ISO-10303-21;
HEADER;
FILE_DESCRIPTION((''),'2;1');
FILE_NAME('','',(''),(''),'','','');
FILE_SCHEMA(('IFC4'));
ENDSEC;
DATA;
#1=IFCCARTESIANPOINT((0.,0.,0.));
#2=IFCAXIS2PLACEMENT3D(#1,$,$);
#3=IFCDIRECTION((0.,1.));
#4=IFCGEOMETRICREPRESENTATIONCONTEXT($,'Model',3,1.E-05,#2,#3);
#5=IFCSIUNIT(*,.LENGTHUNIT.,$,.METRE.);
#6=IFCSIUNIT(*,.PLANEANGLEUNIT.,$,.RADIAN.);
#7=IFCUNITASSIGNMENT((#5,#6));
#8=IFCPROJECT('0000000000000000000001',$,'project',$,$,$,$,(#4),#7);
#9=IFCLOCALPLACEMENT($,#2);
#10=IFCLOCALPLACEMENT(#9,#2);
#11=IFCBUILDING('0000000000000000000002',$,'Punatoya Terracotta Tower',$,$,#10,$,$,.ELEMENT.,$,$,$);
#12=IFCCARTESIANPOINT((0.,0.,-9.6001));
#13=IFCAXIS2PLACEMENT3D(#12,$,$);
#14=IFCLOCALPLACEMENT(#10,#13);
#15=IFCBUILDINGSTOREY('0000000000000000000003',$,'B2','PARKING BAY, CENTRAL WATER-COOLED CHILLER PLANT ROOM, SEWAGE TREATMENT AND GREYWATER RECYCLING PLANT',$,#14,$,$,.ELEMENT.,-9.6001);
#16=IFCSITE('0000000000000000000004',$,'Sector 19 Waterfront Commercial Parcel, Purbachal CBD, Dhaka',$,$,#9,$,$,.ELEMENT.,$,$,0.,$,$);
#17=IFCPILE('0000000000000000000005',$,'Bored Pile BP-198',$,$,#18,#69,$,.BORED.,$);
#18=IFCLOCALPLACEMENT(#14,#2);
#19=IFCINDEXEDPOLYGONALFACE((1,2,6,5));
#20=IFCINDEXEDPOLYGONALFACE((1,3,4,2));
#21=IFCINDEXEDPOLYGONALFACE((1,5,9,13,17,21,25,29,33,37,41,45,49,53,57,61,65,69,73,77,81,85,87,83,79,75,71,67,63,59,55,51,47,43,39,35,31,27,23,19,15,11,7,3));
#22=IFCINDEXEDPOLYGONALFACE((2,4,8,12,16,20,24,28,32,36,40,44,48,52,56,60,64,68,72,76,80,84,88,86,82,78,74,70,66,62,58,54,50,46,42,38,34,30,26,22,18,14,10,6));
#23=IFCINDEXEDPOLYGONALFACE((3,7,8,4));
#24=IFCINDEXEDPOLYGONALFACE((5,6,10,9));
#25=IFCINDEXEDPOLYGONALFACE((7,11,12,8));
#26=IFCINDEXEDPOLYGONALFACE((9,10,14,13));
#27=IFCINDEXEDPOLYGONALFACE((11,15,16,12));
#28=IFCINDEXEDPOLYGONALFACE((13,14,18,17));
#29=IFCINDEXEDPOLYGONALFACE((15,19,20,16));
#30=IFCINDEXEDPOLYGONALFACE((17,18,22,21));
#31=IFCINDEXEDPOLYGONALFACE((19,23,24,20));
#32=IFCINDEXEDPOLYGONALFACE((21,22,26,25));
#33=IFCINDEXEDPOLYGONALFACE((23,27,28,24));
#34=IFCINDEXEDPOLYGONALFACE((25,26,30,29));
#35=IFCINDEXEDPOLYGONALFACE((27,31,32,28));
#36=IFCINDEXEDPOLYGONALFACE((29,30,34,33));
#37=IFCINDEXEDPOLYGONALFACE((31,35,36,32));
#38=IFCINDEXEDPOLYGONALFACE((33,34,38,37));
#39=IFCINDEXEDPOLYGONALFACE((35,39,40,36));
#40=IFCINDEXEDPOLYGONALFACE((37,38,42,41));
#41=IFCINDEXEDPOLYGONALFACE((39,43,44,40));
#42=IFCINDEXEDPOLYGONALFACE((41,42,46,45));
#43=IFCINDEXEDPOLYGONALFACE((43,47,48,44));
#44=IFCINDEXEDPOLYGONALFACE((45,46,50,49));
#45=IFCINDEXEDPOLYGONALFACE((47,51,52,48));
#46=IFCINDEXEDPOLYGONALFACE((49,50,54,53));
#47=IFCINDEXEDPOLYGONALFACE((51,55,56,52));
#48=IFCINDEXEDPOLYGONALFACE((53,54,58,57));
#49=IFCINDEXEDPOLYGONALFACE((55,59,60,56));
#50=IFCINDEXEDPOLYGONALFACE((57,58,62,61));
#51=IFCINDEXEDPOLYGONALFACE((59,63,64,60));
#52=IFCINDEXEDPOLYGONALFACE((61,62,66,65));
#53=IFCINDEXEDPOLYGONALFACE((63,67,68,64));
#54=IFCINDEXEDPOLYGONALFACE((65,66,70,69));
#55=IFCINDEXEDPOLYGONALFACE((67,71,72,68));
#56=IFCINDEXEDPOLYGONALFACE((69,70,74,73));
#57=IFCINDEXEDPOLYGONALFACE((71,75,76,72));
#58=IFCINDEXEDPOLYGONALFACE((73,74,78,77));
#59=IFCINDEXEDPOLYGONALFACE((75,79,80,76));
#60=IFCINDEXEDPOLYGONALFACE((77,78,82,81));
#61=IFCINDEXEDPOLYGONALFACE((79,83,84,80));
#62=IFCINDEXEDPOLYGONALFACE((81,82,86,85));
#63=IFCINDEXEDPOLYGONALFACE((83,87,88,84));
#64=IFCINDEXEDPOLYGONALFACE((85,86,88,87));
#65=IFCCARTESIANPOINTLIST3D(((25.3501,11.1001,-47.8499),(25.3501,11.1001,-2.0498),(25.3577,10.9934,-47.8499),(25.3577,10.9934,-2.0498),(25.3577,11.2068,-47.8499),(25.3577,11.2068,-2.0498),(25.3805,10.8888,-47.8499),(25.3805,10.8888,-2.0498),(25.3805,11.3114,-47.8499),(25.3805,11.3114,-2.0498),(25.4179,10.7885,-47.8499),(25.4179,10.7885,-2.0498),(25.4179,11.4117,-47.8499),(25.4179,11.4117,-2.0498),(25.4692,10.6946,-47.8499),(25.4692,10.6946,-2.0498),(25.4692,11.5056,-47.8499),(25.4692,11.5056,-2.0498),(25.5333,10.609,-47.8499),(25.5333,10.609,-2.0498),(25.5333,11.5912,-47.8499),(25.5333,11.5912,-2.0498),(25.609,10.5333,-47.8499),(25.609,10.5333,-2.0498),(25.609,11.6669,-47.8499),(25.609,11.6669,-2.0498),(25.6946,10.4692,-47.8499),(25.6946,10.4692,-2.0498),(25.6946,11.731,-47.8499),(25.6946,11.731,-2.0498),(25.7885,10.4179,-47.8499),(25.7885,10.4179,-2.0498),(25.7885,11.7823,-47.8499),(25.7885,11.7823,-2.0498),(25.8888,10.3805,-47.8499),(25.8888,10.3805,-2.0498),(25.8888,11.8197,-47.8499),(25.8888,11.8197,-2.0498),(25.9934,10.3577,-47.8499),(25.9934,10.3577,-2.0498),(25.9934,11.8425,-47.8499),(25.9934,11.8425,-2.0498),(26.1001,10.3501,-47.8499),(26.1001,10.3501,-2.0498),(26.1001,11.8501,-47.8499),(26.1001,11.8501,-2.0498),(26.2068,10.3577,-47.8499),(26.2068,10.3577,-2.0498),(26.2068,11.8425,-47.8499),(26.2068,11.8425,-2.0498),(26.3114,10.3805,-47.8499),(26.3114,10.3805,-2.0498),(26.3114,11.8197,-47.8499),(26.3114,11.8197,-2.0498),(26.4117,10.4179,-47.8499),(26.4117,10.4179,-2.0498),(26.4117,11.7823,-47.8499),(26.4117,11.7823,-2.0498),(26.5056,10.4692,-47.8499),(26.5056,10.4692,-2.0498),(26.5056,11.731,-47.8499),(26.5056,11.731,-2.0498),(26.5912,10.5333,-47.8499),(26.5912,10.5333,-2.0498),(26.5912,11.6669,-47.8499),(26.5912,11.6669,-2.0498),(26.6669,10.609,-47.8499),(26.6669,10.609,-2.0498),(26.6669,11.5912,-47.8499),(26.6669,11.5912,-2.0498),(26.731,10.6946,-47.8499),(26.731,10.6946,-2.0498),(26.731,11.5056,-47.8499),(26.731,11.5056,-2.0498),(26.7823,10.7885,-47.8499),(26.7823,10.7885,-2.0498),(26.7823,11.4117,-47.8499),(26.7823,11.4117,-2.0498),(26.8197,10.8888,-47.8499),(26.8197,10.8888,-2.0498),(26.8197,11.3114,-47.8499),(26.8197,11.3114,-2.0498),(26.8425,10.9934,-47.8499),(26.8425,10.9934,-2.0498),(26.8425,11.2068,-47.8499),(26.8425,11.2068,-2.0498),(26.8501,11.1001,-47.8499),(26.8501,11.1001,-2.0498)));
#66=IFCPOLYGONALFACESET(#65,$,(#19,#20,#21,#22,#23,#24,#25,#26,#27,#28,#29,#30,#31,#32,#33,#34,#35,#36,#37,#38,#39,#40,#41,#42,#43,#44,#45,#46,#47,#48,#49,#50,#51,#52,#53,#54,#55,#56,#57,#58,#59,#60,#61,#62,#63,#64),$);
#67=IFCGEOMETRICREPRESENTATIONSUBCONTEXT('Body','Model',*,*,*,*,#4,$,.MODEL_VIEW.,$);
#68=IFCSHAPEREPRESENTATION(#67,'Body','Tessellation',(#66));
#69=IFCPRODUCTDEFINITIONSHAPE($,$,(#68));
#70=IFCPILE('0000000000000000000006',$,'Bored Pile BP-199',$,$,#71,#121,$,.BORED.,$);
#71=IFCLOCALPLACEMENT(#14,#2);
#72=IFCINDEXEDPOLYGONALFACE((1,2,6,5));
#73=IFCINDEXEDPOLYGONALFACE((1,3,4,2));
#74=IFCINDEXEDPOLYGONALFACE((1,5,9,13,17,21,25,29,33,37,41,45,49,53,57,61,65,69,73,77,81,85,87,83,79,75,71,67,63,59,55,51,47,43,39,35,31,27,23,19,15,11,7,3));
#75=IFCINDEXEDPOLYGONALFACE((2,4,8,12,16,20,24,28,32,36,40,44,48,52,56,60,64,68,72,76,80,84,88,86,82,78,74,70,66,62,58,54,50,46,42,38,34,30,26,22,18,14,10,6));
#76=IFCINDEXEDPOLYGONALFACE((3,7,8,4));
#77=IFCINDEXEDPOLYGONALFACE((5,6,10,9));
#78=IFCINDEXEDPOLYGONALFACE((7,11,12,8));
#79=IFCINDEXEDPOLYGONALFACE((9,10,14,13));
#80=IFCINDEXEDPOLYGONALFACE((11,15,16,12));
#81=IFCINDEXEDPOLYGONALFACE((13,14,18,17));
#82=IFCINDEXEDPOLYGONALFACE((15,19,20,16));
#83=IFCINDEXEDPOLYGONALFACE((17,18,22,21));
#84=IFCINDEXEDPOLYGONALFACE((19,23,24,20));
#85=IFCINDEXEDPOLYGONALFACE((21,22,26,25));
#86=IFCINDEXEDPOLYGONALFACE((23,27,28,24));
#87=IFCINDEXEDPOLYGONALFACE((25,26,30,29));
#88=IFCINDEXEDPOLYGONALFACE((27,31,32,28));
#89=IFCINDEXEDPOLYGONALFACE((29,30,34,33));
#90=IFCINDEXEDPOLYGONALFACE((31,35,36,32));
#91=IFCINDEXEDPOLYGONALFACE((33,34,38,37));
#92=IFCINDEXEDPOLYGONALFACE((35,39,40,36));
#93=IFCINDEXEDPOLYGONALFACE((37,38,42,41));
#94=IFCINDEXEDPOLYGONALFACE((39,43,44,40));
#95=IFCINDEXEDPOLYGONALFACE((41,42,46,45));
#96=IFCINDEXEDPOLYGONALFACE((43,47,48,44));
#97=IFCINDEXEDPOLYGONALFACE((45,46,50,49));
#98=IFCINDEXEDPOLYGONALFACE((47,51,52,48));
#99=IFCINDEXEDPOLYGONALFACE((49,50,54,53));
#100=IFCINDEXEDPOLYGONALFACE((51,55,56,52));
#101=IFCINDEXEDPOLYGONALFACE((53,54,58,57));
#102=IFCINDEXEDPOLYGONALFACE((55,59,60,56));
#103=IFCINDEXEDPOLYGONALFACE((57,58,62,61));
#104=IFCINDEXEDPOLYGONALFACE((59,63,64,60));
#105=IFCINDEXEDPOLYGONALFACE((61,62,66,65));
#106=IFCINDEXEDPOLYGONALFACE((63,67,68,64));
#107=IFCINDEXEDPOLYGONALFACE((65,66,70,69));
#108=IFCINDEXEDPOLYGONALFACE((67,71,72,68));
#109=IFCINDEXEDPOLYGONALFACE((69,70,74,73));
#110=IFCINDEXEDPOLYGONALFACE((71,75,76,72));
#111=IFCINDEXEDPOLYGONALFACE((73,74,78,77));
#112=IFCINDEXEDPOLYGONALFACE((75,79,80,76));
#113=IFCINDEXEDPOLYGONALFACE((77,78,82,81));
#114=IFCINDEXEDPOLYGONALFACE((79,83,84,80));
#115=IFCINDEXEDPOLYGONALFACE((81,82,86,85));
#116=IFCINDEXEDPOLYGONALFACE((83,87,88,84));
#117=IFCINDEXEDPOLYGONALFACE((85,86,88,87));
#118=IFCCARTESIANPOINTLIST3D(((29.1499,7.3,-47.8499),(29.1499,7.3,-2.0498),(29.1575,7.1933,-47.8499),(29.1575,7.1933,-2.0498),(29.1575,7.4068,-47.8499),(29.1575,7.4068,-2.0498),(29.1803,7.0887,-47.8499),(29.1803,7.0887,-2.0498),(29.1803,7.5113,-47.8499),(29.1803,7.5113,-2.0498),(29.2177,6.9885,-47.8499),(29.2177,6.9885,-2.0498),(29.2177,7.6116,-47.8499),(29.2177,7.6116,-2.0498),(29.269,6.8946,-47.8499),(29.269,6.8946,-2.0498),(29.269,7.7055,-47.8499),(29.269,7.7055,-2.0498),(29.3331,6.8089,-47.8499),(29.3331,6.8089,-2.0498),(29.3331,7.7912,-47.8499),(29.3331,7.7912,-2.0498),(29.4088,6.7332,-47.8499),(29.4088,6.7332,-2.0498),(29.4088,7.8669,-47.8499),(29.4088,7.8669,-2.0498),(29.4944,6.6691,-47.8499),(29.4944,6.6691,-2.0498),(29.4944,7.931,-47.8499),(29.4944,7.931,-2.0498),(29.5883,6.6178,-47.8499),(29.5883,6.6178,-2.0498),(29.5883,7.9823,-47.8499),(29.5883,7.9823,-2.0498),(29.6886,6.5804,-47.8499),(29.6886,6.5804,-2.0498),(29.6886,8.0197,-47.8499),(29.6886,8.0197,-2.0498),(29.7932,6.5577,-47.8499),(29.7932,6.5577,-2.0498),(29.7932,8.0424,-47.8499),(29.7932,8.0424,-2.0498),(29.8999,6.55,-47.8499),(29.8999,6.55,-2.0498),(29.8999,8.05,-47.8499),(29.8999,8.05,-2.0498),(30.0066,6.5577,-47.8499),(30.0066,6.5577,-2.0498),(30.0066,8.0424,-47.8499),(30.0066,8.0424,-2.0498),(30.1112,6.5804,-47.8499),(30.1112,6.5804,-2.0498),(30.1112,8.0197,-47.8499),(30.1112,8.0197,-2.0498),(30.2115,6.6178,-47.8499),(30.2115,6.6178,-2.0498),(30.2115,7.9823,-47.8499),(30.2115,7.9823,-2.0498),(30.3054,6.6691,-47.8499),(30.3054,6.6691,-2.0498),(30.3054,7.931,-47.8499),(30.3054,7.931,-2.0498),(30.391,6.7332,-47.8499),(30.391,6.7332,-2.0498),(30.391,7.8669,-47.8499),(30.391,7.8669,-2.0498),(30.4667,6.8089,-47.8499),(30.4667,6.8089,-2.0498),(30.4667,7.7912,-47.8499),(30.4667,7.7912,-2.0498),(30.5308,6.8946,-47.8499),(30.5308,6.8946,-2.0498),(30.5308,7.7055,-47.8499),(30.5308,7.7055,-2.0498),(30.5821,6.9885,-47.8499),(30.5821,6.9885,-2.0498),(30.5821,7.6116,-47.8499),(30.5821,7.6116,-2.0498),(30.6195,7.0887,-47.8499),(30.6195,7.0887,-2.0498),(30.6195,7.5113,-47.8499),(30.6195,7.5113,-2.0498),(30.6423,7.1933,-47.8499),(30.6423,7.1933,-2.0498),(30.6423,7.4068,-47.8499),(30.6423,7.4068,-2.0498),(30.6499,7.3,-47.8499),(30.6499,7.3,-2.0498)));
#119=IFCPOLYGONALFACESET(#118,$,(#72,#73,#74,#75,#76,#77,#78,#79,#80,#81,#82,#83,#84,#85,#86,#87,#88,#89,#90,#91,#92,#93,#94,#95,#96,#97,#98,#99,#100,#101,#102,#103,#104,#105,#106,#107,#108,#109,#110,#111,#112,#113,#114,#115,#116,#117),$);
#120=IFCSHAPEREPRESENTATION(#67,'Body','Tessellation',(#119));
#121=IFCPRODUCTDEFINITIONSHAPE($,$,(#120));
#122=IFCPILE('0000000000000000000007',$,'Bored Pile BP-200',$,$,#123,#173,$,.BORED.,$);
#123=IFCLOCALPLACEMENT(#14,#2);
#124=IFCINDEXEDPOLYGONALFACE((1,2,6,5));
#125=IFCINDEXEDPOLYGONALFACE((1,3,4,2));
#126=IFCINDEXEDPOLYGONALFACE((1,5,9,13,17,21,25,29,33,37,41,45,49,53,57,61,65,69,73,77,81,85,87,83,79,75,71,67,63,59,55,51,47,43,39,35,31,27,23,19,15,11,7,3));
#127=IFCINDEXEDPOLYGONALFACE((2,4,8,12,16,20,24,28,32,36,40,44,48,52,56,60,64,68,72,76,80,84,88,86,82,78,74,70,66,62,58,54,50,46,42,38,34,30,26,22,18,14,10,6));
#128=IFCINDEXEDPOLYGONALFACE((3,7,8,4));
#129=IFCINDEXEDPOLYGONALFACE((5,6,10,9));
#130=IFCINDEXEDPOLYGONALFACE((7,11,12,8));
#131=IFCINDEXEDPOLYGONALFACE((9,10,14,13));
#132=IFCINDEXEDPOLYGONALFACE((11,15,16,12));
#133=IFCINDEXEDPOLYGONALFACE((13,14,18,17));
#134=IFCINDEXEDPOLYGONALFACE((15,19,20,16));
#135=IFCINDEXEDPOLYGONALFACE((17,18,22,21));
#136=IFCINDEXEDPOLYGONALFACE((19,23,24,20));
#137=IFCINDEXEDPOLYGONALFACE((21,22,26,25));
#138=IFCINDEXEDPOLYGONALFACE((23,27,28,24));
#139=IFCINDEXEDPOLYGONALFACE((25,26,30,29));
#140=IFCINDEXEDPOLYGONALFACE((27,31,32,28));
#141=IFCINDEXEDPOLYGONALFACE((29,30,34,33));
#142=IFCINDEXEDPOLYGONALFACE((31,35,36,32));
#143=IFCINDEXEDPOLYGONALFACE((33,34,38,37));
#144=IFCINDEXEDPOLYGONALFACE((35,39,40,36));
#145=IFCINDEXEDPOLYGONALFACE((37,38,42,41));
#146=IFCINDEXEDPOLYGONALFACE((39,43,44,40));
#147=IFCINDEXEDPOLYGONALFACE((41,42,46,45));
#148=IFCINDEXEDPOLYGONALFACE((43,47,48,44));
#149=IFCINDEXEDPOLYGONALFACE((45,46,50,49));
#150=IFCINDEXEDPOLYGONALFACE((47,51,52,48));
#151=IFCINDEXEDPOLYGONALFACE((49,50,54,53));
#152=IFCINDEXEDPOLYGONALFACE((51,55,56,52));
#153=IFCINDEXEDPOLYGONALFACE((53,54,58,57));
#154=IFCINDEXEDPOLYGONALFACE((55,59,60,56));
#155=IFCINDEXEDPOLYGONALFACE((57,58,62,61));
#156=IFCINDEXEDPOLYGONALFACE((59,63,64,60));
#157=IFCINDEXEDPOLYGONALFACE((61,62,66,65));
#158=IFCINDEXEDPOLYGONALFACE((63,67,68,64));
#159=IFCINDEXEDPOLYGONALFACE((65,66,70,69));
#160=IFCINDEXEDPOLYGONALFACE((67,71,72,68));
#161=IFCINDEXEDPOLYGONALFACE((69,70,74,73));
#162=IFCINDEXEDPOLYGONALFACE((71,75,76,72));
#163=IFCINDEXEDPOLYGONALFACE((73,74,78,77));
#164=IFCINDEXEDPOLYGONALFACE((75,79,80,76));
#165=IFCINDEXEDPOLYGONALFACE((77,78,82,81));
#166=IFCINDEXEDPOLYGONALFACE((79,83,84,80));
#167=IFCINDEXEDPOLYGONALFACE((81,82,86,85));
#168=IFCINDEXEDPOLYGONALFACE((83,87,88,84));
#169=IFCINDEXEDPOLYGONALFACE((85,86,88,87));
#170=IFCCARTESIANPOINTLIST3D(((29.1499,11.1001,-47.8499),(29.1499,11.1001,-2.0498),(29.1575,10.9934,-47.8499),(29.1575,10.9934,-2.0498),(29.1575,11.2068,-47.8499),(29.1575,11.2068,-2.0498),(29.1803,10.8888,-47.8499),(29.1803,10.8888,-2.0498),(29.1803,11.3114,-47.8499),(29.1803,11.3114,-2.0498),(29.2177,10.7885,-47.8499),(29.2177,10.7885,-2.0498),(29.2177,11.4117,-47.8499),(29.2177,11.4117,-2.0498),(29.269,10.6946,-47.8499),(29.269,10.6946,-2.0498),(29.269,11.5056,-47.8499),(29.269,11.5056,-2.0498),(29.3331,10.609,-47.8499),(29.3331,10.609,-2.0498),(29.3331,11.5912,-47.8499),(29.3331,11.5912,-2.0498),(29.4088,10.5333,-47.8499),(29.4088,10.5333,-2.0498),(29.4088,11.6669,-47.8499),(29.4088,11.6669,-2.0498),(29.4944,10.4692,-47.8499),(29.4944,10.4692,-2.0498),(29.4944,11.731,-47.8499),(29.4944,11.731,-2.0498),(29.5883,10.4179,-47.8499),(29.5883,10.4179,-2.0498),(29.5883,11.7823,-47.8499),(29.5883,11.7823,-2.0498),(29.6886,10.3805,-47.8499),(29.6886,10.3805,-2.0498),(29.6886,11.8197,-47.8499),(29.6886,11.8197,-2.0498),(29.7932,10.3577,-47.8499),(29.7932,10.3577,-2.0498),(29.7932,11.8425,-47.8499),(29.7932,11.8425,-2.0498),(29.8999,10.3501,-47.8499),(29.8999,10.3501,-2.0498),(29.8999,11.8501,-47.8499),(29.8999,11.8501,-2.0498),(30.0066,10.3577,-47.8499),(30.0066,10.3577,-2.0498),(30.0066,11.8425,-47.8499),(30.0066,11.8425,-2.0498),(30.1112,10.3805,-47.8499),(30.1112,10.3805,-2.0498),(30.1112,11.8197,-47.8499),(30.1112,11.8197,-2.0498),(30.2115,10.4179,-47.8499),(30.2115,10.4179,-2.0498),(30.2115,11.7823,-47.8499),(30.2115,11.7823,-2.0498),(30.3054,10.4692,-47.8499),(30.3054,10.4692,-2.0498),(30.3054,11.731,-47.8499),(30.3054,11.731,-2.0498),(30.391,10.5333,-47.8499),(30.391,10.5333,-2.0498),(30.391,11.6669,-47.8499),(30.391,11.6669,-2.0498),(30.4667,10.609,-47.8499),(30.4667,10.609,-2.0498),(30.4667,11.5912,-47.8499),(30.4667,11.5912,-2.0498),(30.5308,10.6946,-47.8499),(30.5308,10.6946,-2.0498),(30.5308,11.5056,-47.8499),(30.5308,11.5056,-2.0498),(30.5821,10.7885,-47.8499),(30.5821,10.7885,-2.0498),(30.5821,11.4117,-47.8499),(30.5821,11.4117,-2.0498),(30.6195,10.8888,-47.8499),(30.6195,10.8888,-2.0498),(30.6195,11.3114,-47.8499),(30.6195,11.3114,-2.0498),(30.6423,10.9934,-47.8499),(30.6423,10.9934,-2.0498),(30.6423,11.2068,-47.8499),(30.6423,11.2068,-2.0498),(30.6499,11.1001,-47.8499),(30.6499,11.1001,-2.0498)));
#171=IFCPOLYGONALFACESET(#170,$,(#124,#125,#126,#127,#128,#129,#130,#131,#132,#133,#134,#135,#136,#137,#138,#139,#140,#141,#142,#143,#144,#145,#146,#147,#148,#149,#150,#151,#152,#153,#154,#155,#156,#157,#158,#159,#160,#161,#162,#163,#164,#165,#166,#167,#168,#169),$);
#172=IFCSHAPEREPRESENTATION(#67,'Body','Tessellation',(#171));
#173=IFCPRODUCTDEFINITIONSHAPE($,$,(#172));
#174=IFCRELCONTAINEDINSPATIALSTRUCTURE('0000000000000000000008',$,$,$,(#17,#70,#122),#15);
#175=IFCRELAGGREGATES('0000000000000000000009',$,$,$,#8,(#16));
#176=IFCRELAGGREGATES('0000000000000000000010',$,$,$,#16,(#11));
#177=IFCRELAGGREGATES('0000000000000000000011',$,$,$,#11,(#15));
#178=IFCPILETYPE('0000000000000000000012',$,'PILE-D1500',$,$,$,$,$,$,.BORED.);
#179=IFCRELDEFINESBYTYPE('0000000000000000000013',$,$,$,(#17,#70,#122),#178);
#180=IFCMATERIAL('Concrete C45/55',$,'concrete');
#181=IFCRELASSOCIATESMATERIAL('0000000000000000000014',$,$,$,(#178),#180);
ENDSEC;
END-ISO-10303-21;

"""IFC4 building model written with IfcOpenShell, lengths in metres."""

from ifc_helpers import new_model, si_unit, direction, frame, origin, origin_2d, place, context, subcontext, project, spatial, circle, extrude, material, material_profile, profile_set, type_object, element, save


model = new_model("IFC4")

# Units and contexts
model_context = context("Model", 3, precision=1e-05, world=origin(), true_north=direction((0.0, 1.0)))
body_context = subcontext(model_context, "Body", "Model", "MODEL_VIEW")
ifc_project = project(units=[si_unit("LENGTHUNIT", "METRE"), si_unit("PLANEANGLEUNIT", "RADIAN")], contexts=[model_context])

# Site, building, storey
site_placement = place(None, origin())
site = spatial("IfcSite", under=ifc_project, at=site_placement, Name="Sector 19 Waterfront Commercial Parcel, Purbachal CBD, Dhaka", CompositionType="ELEMENT", RefElevation=0.0)
building_placement = place(site_placement, origin())
building = spatial("IfcBuilding", under=site, at=building_placement, Name="Punatoya Terracotta Tower", CompositionType="ELEMENT")
storey_placement = place(building_placement, frame((0.0, 0.0, -9.6001)))
storey = spatial("IfcBuildingStorey", under=building, at=storey_placement, Name="B2", Description="PARKING BAY, CENTRAL WATER-COOLED CHILLER PLANT ROOM, SEWAGE TREATMENT AND GREYWATER RECYCLING PLANT", CompositionType="ELEMENT", Elevation=-9.6001)

# Shared definitions
ifc_material_1 = material(Name="Concrete C45/55", Category="concrete")

# Piles
ifc_material_profile_1 = material_profile(ifc_material_1, circle(Radius=0.75, at=origin_2d()))
ifc_profile_set_1 = profile_set([ifc_material_profile_1], Name="Concrete C45/55")
pile_type_1 = type_object("IfcPileType", Name="PILE-D1500", PredefinedType="BORED", material=ifc_profile_set_1)
for number, where, z_axis, x_axis, name in (
    (1, (26.1001, 11.1001, -2.0498), (0.0, 0.0, -1.0), (1.0, 0.0, 0.0), "Bored Pile BP-198"),
    (2, (29.8999, 7.3, -2.0498), (0.0, 0.0, -1.0), (1.0, 0.0, 0.0), "Bored Pile BP-199"),
    (3, (29.8999, 11.1001, -2.0498), (0.0, 0.0, -1.0), (1.0, 0.0, 0.0), "Bored Pile BP-200"),
):
    element("IfcPile", number, at=place(storey_placement, frame(where, z_axis=z_axis, x_axis=x_axis)), inside=storey, type_object=pile_type_1, Name=name, PredefinedType="BORED", context=body_context, shape_type="SweptSolid", body=[
        extrude(circle(Radius=0.75, at=origin_2d()), origin(), (0.0, 0.0, 1.0), 45.8),
    ])

save(model, "model.ifc")
